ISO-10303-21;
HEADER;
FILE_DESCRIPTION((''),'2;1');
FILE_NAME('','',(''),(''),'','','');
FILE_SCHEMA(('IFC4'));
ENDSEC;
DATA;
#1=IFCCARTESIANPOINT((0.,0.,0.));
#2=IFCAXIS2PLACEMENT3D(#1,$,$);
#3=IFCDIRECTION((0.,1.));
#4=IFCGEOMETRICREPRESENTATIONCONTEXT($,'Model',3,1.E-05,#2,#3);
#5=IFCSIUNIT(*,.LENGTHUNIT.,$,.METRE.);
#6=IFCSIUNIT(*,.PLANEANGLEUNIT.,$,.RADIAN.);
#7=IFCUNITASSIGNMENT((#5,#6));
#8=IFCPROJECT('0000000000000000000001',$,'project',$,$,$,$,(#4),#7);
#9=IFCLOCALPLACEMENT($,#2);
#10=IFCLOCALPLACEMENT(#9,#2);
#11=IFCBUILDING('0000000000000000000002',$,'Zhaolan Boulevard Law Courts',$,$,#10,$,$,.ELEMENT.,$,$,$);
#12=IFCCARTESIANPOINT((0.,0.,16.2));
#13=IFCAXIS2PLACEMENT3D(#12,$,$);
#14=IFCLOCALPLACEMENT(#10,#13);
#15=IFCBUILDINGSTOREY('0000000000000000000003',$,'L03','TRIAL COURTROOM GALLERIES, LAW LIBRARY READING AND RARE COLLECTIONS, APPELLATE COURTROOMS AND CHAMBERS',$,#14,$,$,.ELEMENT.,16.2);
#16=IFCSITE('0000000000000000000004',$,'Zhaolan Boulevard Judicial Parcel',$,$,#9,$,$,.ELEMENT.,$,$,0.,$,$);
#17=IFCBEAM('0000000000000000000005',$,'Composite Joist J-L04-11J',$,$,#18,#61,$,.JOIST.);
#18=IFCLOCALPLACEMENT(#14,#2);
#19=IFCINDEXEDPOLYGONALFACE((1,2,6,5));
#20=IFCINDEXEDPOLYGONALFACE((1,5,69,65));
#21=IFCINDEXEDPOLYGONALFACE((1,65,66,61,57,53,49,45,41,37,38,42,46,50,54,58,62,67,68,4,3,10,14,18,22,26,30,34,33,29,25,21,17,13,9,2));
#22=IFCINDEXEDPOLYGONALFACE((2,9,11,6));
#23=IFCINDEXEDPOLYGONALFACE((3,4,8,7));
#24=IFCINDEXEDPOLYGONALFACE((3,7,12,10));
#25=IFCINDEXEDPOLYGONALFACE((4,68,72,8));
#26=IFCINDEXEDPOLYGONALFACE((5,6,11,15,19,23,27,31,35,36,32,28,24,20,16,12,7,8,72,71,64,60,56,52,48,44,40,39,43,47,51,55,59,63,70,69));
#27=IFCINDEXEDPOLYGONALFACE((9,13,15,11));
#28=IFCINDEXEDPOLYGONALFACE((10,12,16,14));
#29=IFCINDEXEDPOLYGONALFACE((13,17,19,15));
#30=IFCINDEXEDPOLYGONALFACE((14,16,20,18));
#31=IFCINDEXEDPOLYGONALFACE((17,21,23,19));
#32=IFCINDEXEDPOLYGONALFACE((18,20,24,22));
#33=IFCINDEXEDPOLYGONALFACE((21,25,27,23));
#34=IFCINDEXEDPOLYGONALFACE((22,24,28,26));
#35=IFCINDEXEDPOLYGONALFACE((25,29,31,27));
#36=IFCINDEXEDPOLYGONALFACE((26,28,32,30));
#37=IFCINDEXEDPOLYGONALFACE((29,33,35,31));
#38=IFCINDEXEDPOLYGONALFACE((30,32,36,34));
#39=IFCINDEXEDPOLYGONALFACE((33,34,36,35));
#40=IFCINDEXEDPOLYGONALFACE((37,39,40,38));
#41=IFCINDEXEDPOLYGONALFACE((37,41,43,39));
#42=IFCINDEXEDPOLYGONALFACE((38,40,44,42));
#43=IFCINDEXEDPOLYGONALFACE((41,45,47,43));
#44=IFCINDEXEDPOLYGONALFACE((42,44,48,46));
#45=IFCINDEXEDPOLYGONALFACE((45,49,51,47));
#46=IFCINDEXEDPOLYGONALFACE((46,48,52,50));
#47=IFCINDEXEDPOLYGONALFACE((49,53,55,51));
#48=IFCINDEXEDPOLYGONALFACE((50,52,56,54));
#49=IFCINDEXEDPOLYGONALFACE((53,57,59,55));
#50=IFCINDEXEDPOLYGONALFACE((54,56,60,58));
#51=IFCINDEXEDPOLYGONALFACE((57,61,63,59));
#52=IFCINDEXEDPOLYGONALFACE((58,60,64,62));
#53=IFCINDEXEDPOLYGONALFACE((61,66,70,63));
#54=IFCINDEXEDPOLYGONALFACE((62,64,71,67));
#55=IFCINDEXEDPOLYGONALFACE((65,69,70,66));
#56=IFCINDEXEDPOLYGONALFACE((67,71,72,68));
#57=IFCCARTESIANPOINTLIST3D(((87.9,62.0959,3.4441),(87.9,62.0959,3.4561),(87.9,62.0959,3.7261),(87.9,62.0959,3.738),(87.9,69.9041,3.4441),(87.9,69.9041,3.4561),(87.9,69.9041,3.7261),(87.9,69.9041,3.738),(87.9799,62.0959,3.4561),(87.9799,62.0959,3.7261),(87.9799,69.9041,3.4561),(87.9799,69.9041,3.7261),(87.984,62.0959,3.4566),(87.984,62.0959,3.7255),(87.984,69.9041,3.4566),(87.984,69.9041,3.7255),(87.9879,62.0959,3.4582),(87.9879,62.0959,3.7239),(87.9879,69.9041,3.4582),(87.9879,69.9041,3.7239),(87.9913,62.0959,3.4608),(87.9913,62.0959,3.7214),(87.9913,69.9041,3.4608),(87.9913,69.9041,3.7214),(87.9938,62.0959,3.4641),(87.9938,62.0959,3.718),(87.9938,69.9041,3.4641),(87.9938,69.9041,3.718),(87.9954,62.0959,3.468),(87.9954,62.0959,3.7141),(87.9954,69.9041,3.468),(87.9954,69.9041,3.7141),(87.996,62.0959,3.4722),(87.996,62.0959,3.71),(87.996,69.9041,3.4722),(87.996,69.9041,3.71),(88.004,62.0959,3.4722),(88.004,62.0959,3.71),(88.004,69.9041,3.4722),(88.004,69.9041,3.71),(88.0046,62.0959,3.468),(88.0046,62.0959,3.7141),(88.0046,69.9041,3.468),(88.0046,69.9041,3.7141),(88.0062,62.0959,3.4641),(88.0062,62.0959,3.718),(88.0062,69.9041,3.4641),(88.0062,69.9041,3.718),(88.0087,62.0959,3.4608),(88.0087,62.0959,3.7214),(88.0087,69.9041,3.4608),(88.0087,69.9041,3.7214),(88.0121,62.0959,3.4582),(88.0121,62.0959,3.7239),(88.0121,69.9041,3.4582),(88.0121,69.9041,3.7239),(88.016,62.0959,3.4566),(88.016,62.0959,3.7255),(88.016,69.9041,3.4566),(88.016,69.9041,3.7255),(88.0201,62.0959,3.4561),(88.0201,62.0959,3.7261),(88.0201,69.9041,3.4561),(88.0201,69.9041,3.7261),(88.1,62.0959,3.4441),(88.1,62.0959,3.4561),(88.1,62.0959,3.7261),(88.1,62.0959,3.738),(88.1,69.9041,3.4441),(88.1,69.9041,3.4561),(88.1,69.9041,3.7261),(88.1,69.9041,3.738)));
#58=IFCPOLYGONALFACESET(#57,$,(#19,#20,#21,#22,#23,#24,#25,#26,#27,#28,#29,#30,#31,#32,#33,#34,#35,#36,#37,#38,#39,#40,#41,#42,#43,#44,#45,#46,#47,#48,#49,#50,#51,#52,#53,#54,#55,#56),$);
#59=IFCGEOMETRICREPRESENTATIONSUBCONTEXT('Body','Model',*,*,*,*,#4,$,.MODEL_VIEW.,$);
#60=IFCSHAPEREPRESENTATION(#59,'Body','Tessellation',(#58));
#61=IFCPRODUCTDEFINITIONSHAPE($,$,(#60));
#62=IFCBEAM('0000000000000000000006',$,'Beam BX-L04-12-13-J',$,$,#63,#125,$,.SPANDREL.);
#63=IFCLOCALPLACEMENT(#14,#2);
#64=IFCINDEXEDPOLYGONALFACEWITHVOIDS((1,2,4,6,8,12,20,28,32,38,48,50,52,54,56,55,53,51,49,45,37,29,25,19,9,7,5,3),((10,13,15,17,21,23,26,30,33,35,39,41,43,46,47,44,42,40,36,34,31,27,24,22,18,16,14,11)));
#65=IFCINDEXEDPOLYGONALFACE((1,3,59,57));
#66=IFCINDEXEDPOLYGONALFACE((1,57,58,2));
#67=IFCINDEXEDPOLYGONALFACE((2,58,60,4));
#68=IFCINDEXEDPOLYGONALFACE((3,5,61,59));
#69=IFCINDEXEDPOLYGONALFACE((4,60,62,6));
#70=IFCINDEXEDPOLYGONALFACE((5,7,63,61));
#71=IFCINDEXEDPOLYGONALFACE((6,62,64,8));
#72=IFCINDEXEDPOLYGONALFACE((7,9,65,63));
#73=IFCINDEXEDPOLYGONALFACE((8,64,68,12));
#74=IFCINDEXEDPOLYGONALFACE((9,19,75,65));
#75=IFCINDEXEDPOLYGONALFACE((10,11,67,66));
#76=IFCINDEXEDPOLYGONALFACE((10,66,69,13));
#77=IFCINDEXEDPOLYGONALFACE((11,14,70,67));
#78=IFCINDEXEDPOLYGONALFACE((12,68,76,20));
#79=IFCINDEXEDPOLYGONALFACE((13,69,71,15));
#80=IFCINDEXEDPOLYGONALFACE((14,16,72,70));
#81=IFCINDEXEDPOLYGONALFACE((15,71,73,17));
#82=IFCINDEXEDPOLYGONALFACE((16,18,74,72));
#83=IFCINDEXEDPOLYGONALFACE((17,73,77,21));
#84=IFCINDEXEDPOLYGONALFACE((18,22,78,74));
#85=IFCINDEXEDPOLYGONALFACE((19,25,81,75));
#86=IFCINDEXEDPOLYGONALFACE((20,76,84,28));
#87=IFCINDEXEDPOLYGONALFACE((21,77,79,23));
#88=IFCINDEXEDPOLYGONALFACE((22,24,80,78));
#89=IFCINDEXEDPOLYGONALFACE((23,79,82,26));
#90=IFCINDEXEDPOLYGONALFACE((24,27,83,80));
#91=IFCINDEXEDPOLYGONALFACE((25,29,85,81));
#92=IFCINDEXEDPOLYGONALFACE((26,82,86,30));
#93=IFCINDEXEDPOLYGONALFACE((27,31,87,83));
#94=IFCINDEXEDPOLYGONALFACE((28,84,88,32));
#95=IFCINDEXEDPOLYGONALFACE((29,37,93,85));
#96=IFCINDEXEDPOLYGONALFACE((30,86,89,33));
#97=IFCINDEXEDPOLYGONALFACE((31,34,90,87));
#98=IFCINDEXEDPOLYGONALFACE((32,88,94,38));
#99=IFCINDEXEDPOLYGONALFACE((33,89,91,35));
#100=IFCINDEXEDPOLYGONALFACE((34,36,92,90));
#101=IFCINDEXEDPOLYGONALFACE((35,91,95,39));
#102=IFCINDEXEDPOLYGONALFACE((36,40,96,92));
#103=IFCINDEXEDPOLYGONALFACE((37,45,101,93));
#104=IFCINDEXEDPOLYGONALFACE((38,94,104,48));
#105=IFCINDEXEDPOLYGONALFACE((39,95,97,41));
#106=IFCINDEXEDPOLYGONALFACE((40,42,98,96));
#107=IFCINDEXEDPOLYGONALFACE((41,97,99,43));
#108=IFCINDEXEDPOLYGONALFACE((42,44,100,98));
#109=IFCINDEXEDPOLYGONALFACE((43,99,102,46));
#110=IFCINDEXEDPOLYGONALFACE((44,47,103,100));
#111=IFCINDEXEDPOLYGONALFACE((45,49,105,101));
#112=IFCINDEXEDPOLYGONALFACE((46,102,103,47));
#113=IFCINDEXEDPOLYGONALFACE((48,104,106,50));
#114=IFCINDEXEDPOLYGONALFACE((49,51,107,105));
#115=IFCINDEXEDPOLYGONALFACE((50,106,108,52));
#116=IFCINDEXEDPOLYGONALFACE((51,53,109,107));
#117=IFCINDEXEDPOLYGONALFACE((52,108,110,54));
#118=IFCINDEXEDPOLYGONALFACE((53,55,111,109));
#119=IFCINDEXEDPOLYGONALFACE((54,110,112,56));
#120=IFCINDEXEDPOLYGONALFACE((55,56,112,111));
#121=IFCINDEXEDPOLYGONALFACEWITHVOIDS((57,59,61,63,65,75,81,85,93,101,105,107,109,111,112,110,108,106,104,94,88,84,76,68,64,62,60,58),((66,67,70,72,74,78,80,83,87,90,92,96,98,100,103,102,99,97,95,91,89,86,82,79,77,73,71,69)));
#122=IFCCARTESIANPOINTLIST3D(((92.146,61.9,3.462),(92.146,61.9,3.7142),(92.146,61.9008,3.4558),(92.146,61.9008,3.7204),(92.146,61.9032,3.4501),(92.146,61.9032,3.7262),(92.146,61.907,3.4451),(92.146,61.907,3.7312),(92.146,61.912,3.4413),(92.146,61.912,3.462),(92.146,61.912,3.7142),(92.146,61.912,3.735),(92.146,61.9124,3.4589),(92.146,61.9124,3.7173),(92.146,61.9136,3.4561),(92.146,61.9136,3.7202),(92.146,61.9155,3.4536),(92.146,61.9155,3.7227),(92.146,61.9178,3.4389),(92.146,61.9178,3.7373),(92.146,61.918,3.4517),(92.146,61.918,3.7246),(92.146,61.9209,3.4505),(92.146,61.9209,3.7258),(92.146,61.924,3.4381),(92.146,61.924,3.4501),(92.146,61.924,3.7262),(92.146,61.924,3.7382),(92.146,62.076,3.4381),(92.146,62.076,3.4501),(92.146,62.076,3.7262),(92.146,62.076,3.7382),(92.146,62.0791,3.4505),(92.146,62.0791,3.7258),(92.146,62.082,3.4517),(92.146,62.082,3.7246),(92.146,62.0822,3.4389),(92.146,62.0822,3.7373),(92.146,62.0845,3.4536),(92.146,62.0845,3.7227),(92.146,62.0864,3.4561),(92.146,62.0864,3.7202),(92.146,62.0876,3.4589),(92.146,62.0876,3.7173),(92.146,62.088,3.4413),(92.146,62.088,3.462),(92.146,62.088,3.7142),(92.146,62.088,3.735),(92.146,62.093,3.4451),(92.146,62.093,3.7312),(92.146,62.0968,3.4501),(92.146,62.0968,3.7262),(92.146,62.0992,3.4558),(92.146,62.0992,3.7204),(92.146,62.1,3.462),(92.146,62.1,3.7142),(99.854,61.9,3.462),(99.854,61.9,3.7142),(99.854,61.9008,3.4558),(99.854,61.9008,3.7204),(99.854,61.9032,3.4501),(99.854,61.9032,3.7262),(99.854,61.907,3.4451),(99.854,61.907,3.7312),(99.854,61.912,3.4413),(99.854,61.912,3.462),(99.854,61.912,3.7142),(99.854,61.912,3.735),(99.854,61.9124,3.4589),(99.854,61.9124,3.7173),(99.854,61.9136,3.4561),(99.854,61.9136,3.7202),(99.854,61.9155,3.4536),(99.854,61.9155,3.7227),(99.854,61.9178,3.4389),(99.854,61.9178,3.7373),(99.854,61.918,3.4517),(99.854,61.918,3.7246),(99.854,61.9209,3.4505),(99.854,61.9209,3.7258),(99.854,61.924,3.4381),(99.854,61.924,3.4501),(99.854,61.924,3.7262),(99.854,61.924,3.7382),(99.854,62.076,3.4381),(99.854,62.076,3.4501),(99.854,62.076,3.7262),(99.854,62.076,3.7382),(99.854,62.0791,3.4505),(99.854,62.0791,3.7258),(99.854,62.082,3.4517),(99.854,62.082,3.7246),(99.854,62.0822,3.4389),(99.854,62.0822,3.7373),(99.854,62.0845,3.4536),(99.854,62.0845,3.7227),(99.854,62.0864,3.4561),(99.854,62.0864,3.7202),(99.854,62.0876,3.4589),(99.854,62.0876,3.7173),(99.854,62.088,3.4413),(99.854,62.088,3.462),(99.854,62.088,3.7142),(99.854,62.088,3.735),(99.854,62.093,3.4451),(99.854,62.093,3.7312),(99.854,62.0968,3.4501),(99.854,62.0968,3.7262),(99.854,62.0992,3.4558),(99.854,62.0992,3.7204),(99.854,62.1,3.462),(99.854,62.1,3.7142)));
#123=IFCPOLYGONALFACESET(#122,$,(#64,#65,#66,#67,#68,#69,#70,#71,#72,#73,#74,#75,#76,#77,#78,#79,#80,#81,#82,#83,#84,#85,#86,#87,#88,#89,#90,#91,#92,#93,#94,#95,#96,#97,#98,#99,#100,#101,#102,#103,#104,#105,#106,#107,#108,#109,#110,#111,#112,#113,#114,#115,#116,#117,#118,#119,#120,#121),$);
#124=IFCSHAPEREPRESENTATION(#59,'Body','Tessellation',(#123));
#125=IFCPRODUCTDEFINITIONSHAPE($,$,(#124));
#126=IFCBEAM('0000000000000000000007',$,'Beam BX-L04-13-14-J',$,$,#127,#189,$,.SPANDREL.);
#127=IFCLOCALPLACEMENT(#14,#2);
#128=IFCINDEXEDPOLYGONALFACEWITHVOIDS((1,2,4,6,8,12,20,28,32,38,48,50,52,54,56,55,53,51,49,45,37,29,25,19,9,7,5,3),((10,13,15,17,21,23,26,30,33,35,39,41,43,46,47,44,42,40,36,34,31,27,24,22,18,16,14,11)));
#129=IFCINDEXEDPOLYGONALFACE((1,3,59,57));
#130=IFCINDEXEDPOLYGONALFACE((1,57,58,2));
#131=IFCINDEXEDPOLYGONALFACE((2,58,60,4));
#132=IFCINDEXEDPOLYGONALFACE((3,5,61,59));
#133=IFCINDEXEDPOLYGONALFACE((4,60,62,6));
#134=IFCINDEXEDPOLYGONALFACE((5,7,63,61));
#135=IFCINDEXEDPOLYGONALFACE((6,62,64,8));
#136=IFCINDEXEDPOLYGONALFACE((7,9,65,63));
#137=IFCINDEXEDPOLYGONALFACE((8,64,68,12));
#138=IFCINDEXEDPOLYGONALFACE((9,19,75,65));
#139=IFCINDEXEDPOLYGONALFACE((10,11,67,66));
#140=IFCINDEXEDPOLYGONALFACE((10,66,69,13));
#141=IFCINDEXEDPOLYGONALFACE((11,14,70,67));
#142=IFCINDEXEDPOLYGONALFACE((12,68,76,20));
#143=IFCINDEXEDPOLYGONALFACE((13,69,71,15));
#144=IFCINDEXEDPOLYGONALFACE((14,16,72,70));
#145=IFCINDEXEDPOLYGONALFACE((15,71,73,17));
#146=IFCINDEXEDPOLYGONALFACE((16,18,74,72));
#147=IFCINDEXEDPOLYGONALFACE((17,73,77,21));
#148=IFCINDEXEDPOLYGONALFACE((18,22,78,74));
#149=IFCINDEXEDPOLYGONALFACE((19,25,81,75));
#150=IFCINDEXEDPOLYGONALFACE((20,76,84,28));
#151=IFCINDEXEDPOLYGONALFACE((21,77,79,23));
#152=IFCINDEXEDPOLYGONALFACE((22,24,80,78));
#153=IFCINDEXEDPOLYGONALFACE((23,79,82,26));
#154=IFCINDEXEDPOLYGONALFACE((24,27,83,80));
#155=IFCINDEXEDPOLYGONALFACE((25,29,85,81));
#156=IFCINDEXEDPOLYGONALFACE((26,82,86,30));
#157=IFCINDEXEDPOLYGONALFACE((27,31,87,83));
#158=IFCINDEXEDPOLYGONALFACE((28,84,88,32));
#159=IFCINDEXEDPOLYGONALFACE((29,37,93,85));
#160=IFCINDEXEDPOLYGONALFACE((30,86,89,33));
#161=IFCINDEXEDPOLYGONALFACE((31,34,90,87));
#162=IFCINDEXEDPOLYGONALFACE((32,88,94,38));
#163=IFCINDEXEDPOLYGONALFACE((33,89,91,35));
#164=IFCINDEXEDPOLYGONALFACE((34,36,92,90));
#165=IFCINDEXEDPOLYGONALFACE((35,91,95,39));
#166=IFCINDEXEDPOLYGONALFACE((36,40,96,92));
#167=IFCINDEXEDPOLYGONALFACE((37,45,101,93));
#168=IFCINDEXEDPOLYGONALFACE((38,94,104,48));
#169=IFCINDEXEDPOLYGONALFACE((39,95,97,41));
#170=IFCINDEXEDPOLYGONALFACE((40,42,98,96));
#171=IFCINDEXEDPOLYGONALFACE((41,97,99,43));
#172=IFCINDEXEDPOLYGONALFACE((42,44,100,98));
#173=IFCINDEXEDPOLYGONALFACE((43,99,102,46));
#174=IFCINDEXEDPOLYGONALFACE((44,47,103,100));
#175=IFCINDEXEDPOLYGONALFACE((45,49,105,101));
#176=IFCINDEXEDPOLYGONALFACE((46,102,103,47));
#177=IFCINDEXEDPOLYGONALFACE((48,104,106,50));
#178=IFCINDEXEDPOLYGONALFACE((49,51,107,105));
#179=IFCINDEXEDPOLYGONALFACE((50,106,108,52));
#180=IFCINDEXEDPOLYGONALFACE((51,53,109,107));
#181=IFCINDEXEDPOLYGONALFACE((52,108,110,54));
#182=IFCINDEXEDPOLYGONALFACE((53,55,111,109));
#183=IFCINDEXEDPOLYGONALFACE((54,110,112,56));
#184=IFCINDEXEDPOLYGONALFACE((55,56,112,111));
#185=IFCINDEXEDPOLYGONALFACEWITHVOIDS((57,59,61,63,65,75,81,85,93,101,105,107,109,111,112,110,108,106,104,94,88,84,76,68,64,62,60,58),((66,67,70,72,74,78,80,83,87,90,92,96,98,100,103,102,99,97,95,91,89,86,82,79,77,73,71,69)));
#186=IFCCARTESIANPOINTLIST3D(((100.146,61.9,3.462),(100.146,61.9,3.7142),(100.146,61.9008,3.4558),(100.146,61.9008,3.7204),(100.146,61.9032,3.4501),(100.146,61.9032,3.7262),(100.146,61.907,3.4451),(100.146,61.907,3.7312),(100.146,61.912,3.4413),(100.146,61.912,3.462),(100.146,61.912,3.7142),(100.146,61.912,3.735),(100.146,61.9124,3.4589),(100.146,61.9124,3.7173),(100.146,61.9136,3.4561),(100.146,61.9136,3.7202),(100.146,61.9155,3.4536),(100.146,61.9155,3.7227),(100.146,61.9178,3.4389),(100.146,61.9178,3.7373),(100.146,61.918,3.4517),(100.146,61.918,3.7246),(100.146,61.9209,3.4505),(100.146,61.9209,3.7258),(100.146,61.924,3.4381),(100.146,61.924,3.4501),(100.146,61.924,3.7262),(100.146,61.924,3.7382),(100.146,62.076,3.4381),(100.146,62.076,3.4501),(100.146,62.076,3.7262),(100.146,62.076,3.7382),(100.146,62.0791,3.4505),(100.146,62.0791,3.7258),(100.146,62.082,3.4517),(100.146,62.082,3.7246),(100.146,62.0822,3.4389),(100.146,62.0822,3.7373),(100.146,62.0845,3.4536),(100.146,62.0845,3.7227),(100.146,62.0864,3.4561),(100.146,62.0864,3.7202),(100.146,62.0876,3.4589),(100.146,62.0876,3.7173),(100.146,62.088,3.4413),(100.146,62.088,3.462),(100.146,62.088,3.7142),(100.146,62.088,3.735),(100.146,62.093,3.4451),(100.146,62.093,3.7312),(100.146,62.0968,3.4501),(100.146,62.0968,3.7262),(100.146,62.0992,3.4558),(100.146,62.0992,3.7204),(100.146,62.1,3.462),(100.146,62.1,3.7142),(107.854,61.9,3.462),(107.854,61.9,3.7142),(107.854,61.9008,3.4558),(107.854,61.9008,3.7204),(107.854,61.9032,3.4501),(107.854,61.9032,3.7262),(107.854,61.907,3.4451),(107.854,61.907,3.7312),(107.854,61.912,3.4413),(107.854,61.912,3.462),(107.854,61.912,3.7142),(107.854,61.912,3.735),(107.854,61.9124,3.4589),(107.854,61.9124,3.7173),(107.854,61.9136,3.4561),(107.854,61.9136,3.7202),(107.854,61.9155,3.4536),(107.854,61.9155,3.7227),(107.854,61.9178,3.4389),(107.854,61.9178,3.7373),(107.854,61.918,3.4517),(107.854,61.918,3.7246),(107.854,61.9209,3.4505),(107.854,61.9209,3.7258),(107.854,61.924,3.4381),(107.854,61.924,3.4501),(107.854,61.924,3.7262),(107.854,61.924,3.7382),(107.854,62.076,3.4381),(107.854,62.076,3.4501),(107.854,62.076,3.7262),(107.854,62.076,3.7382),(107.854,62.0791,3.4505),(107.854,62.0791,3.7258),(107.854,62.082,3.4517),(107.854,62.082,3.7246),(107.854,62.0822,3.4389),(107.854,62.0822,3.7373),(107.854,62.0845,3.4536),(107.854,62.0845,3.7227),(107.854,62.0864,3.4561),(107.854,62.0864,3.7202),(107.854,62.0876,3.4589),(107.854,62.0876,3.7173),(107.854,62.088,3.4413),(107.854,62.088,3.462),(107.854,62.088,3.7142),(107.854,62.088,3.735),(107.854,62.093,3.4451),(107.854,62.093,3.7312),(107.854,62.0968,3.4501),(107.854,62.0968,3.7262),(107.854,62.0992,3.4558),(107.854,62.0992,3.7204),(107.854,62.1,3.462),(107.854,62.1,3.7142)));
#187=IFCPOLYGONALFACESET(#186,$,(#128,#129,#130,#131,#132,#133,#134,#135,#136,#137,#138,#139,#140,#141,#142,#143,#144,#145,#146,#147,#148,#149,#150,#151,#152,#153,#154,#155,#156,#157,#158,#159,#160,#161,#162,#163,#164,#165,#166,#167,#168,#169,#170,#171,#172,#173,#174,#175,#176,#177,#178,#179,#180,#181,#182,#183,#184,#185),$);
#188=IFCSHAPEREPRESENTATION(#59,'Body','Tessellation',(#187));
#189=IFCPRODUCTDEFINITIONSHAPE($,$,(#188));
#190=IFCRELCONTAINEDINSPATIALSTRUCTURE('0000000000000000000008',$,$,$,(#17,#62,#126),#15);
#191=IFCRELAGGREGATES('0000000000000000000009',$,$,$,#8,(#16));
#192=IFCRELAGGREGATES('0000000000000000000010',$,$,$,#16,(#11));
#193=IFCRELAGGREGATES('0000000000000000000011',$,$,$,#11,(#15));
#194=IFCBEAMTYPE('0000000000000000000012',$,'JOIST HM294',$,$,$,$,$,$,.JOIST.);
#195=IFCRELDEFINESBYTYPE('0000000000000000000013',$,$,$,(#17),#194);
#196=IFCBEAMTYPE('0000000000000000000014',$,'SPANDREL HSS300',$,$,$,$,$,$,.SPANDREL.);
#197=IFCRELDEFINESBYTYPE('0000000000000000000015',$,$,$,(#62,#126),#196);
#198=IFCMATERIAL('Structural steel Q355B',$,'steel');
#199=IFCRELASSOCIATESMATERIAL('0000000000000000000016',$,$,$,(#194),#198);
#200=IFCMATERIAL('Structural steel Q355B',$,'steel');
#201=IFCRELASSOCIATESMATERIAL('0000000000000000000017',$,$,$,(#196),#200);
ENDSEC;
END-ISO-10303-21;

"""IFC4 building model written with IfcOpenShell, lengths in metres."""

from ifc_helpers import new_model, si_unit, direction, frame, origin, origin_2d, place, context, subcontext, project, spatial, hollow_rectangle, i_section, extrude, material, material_profile, profile_set, type_object, element, save


model = new_model("IFC4")

# Units and contexts
model_context = context("Model", 3, precision=1e-05, world=origin(), true_north=direction((0.0, 1.0)))
body_context = subcontext(model_context, "Body", "Model", "MODEL_VIEW")
ifc_project = project(units=[si_unit("LENGTHUNIT", "METRE"), si_unit("PLANEANGLEUNIT", "RADIAN")], contexts=[model_context])

# Site, building, storey
site_placement = place(None, origin())
site = spatial("IfcSite", under=ifc_project, at=site_placement, Name="Zhaolan Boulevard Judicial Parcel", CompositionType="ELEMENT", RefElevation=0.0)
building_placement = place(site_placement, origin())
building = spatial("IfcBuilding", under=site, at=building_placement, Name="Zhaolan Boulevard Law Courts", CompositionType="ELEMENT")
storey_placement = place(building_placement, frame((0.0, 0.0, 16.2)))
storey = spatial("IfcBuildingStorey", under=building, at=storey_placement, Name="L03", Description="TRIAL COURTROOM GALLERIES, LAW LIBRARY READING AND RARE COLLECTIONS, APPELLATE COURTROOMS AND CHAMBERS", CompositionType="ELEMENT", Elevation=16.2)

# Beams
ifc_material_1 = material(Name="Structural steel Q355B", Category="steel")
ifc_material_profile_1 = material_profile(ifc_material_1, i_section(OverallWidth=0.2, OverallDepth=0.2939, WebThickness=0.0081, FlangeThickness=0.012, FilletRadius=0.0161, at=origin_2d()), Name="HM294x200")
ifc_profile_set_1 = profile_set([ifc_material_profile_1], Name="Structural steel Q355B")
beam_type_1 = type_object("IfcBeamType", Name="JOIST HM294", PredefinedType="JOIST", material=ifc_profile_set_1)
beam_1_placement = place(storey_placement, frame((88.0, 62.0959, 3.5911), z_axis=(0.0, 1.0, 0.0), x_axis=(-1.0, 0.0, 0.0)))
element("IfcBeam", 1, at=beam_1_placement, inside=storey, type_object=beam_type_1, Name="Composite Joist J-L04-11J", PredefinedType="JOIST", context=body_context, shape_type="SweptSolid", body=[
    extrude(i_section(OverallWidth=0.2, OverallDepth=0.2939, WebThickness=0.0081, FlangeThickness=0.012, FilletRadius=0.0161, at=origin_2d()), origin(), (0.0, 0.0, 1.0), 7.8081),
])
ifc_material_2 = material(Name="Structural steel Q355B", Category="steel")
ifc_material_profile_2 = material_profile(ifc_material_2, hollow_rectangle(XDim=0.2, YDim=0.3, WallThickness=0.012, InnerFilletRadius=0.012, OuterFilletRadius=0.0239, at=origin_2d()), Name="HSS300x200x12")
ifc_profile_set_2 = profile_set([ifc_material_profile_2], Name="Structural steel Q355B")
beam_type_2 = type_object("IfcBeamType", Name="SPANDREL HSS300", PredefinedType="SPANDREL", material=ifc_profile_set_2)
for number, where, z_axis, x_axis, name in (
    (2, (92.146, 62.0, 3.5881), (1.0, 0.0, 0.0), (0.0, 1.0, 0.0), "Beam BX-L04-12-13-J"),
    (3, (100.146, 62.0, 3.5881), (1.0, 0.0, 0.0), (0.0, 1.0, 0.0), "Beam BX-L04-13-14-J"),
):
    element("IfcBeam", number, at=place(storey_placement, frame(where, z_axis=z_axis, x_axis=x_axis)), inside=storey, type_object=beam_type_2, Name=name, PredefinedType="SPANDREL", context=body_context, shape_type="SweptSolid", body=[
        extrude(hollow_rectangle(XDim=0.2, YDim=0.3, WallThickness=0.012, InnerFilletRadius=0.012, OuterFilletRadius=0.0239, at=origin_2d()), origin(), (0.0, 0.0, 1.0), 7.708),
    ])

save(model, "model.ifc")
